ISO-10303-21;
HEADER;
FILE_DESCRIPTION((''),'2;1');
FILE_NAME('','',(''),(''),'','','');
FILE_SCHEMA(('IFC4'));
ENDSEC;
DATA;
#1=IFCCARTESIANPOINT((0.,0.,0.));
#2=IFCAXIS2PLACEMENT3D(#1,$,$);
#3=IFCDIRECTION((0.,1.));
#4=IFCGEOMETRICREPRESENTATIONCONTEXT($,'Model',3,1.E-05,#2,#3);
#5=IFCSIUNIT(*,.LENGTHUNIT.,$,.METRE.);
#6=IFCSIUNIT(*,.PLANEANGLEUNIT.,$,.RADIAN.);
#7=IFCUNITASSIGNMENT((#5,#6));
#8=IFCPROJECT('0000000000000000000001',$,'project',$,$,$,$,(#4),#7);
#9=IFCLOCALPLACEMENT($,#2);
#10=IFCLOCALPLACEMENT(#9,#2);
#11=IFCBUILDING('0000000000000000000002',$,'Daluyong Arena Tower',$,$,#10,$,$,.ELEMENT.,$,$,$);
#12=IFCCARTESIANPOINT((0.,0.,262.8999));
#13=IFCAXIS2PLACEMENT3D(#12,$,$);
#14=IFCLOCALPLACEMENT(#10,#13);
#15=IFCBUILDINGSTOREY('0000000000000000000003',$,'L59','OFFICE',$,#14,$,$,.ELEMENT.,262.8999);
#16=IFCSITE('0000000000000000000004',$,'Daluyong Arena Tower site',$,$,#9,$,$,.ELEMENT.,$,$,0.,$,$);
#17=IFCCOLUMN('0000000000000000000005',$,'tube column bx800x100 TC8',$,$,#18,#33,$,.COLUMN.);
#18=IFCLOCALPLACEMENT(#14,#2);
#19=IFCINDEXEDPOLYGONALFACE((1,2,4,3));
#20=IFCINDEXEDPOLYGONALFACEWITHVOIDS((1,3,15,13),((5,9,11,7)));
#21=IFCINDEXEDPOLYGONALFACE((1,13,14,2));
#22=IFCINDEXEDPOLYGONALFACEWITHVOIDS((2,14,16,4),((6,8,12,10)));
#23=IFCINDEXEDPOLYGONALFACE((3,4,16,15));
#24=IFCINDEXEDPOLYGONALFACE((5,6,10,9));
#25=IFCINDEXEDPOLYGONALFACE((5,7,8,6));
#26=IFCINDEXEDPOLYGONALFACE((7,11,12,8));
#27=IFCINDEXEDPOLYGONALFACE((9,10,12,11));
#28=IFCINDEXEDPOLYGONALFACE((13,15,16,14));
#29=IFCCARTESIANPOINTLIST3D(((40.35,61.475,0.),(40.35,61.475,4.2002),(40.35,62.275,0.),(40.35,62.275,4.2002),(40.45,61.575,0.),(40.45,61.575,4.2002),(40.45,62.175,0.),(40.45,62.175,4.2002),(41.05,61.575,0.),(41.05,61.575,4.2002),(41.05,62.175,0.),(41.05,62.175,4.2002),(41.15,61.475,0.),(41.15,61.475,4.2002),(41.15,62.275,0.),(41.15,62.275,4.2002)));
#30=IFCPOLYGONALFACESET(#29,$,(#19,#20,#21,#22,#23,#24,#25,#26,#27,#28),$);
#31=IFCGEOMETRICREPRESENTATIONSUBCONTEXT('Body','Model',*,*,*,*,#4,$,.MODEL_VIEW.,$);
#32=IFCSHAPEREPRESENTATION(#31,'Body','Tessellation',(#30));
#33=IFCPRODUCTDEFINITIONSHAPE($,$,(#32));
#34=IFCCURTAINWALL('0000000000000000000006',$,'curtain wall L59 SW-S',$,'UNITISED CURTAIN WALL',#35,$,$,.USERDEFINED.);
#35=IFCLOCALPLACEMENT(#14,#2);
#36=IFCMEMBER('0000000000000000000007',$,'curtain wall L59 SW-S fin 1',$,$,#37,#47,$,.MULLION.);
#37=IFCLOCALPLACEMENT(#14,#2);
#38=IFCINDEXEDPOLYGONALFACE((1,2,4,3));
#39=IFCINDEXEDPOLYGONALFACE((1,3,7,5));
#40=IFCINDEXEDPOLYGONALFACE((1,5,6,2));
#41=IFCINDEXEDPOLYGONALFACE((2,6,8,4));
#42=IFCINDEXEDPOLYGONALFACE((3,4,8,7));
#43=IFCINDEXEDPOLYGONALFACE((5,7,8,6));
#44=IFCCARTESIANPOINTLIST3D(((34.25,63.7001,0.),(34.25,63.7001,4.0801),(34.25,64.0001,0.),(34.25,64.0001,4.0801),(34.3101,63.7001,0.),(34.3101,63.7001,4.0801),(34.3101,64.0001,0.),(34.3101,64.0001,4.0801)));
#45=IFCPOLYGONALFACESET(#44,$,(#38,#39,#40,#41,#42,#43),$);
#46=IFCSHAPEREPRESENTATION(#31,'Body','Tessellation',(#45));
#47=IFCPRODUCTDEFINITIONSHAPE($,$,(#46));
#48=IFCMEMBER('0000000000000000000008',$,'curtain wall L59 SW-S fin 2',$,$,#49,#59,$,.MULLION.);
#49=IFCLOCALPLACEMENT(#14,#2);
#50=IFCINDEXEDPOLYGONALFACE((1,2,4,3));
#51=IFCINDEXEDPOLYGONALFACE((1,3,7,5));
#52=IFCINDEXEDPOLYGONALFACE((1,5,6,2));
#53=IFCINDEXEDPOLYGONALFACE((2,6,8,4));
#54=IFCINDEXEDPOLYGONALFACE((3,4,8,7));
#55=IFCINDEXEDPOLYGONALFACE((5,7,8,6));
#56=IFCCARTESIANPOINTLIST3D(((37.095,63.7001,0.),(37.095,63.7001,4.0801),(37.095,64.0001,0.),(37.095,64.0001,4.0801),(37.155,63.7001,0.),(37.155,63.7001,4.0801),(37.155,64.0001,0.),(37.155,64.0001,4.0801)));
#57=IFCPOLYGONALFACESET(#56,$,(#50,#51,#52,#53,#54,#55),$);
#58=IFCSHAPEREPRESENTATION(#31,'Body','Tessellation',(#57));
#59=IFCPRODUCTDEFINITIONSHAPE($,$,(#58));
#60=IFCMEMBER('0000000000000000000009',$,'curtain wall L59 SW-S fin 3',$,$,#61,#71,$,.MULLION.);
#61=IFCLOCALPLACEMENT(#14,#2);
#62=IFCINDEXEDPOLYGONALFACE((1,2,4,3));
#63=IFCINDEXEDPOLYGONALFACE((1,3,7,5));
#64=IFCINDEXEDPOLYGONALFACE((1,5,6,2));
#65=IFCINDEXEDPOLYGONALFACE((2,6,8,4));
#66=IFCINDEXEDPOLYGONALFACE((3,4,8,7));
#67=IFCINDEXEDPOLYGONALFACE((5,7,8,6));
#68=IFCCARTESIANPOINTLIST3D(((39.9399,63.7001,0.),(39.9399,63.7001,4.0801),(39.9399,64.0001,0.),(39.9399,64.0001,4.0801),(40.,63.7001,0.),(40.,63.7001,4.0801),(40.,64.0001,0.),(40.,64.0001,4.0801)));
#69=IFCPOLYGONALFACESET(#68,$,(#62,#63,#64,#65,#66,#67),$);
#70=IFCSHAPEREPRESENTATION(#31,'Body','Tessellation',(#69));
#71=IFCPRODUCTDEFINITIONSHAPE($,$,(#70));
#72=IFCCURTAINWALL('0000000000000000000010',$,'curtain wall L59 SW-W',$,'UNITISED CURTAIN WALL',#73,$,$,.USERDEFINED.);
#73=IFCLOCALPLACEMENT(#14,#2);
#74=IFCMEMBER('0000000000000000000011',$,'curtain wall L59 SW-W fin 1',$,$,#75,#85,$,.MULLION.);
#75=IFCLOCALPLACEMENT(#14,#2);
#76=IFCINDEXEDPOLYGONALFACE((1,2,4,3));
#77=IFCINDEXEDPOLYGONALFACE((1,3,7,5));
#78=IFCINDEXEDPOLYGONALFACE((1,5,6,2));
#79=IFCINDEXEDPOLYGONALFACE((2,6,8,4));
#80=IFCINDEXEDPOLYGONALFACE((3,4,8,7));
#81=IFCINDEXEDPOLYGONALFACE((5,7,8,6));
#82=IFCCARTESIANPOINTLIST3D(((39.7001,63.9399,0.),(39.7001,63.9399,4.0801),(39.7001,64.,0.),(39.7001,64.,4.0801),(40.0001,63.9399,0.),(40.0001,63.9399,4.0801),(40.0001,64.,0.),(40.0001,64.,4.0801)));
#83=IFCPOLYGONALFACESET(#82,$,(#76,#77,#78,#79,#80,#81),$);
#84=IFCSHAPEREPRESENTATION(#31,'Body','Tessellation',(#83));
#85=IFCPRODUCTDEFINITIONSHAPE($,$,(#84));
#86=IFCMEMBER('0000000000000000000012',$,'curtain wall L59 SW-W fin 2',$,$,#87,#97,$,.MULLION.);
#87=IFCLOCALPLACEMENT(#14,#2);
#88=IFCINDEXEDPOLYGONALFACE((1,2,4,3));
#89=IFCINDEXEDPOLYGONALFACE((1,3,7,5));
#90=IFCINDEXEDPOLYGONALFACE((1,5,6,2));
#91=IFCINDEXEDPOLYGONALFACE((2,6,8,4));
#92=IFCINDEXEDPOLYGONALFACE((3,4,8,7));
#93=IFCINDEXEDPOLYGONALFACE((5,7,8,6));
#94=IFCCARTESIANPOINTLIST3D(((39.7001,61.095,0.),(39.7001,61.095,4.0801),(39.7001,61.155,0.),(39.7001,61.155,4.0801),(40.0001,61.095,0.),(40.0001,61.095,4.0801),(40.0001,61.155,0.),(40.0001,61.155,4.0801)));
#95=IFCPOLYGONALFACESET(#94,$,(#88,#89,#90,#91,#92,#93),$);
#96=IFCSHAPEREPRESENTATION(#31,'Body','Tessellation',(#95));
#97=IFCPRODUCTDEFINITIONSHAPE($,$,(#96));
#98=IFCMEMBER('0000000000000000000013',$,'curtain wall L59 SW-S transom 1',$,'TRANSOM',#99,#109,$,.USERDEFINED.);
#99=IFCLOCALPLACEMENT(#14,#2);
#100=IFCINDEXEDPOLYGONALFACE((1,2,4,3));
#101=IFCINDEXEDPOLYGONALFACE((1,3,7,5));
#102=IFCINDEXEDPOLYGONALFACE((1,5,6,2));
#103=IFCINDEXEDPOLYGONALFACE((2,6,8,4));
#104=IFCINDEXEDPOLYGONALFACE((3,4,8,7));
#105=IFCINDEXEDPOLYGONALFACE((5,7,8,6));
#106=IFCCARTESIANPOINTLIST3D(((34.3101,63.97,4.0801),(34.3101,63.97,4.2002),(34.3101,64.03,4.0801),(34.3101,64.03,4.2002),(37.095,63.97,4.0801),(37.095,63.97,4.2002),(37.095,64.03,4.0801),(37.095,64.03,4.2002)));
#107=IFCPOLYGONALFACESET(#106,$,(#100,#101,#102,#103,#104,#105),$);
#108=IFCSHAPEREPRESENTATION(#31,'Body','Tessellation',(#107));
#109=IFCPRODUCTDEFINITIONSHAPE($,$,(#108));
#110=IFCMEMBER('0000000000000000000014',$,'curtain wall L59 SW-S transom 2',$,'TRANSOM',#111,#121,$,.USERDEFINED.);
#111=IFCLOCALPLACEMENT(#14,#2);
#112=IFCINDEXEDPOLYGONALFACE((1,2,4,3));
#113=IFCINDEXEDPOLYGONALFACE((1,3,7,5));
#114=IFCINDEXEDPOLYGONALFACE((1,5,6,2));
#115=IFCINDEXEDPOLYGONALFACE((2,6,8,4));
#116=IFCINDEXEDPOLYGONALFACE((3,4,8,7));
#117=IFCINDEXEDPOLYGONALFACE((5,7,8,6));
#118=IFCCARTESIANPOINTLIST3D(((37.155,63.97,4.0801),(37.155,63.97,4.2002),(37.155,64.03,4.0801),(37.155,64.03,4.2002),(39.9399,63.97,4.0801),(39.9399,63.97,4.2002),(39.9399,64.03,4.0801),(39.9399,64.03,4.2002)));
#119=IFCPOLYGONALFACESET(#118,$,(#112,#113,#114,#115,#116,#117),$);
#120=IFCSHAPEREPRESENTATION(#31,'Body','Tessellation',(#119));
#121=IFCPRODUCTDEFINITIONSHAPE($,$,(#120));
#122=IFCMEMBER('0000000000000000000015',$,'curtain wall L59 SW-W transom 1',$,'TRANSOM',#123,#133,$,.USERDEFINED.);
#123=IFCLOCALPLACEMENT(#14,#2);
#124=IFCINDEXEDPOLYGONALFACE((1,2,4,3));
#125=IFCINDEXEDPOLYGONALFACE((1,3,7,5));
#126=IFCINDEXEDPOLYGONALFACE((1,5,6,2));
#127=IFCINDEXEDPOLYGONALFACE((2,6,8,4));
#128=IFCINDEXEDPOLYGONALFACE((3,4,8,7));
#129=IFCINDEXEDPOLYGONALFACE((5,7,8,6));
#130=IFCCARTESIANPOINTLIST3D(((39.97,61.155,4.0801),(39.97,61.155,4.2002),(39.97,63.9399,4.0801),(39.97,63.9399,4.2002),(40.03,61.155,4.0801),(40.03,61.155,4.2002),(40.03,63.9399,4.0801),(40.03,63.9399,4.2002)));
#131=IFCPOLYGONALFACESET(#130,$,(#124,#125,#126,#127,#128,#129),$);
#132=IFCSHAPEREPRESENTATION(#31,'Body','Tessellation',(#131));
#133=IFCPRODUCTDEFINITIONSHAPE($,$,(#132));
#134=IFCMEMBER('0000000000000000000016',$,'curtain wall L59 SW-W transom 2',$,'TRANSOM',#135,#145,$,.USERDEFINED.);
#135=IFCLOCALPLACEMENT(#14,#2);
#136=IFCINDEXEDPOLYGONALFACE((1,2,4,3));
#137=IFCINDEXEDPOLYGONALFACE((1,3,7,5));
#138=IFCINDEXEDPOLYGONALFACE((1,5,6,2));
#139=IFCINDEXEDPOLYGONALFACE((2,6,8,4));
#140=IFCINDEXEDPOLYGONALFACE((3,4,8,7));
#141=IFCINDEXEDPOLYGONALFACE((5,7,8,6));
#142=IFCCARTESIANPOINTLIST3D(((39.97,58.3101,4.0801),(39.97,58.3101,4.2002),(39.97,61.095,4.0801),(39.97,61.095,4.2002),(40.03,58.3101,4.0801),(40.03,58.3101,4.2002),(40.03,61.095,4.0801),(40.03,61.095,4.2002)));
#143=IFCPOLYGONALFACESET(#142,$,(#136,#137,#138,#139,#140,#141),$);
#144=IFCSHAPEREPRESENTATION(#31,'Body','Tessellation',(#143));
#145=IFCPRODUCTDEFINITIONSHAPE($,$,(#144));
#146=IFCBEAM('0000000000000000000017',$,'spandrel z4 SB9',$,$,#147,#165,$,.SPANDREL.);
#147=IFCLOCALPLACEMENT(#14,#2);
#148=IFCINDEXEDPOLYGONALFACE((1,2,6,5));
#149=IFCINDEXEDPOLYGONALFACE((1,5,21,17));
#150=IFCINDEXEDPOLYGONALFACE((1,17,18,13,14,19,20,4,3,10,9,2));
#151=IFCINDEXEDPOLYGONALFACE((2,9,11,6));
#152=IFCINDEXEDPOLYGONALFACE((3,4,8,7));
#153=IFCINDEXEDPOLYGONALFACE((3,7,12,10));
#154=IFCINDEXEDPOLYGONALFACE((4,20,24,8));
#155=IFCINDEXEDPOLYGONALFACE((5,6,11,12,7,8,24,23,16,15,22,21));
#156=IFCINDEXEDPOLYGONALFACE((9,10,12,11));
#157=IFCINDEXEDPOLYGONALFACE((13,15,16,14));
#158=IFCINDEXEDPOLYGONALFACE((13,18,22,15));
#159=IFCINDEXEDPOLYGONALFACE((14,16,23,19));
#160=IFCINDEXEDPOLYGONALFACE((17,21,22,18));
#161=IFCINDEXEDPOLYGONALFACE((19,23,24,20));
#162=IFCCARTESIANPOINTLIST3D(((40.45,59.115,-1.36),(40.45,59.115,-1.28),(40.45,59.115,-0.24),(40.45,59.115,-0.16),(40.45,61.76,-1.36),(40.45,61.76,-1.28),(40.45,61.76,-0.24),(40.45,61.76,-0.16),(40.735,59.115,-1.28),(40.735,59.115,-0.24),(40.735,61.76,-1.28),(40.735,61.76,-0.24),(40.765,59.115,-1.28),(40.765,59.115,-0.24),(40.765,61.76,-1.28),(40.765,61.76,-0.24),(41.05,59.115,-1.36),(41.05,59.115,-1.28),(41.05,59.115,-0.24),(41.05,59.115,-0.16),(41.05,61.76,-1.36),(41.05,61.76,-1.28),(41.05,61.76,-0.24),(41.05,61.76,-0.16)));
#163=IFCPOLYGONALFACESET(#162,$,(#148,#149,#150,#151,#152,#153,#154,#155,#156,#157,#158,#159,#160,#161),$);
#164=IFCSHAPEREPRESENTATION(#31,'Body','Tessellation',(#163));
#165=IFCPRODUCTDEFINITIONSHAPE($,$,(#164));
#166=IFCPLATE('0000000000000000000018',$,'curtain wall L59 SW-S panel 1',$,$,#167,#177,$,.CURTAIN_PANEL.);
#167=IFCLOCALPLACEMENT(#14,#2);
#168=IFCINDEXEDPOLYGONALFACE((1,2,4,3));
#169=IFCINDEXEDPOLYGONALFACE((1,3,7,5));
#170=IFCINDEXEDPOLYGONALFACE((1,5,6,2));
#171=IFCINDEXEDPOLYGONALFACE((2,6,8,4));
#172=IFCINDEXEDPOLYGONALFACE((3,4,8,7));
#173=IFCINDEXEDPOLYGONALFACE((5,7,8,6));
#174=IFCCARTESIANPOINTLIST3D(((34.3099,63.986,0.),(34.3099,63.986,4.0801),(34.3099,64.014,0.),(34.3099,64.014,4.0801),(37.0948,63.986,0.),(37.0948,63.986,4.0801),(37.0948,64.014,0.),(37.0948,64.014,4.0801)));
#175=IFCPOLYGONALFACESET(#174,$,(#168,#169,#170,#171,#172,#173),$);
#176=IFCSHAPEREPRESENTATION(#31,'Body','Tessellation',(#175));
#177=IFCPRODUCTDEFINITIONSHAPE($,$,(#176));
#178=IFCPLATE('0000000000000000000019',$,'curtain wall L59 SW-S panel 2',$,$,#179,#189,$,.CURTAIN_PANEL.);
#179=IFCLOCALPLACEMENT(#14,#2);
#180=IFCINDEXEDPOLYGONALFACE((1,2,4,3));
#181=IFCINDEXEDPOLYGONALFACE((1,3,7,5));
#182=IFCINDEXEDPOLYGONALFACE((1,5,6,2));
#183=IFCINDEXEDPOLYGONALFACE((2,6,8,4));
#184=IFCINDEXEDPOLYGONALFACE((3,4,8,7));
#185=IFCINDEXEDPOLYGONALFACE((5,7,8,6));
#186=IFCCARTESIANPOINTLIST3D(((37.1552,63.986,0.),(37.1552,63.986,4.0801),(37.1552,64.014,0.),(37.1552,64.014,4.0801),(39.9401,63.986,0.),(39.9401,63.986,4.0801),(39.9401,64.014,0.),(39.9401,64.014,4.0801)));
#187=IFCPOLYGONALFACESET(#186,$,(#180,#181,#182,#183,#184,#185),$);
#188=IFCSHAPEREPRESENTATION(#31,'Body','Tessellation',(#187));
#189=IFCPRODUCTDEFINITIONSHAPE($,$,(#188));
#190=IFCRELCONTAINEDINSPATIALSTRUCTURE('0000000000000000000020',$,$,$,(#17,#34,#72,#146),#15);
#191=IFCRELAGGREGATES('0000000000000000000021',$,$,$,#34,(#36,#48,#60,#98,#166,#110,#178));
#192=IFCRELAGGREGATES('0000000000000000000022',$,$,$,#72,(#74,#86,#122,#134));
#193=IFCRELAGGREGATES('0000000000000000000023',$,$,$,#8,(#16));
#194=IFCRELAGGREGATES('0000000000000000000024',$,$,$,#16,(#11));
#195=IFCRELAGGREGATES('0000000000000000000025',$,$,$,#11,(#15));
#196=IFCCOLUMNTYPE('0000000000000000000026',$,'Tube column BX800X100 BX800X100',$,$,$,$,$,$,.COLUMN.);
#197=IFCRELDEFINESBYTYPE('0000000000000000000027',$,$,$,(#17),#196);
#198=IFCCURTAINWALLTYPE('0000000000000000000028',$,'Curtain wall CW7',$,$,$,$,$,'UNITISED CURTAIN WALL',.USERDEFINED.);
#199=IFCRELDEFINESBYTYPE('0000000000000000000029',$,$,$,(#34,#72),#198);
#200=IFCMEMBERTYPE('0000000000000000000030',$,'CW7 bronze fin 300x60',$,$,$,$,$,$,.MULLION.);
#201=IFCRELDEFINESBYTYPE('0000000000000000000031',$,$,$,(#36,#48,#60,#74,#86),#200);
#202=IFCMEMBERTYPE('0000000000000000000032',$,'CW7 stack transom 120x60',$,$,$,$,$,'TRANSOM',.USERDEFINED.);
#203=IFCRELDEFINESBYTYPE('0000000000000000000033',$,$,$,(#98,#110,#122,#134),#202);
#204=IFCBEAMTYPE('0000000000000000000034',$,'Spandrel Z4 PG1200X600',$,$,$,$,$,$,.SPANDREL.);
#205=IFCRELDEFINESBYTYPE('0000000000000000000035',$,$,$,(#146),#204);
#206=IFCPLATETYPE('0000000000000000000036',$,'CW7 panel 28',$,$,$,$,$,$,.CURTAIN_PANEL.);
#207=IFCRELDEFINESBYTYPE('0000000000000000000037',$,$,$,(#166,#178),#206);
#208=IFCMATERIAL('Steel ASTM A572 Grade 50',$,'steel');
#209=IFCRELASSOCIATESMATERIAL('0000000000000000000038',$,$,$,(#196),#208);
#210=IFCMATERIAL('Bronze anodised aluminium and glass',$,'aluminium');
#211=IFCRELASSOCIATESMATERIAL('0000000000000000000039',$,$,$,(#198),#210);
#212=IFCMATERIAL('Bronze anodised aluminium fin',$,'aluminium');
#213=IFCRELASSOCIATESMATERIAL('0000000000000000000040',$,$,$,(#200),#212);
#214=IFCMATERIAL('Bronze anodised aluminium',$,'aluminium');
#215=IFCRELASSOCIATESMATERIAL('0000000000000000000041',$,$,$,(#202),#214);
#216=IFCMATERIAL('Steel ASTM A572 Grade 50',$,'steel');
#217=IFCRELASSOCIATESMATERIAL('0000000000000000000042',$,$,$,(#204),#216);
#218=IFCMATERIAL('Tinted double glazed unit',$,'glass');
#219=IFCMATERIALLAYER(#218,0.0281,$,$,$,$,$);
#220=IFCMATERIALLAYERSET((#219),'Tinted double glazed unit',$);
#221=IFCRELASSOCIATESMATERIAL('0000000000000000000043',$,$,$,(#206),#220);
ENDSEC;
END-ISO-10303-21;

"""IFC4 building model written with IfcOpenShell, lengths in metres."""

from ifc_helpers import new_model, si_unit, direction, frame, origin, origin_2d, place, context, subcontext, project, spatial, rectangle, hollow_rectangle, i_section, extrude, material, layer, layer_set, material_profile, profile_set, type_object, element, aggregate, save


model = new_model("IFC4")

# Units and contexts
model_context = context("Model", 3, precision=1e-05, world=origin(), true_north=direction((0.0, 1.0)))
body_context = subcontext(model_context, "Body", "Model", "MODEL_VIEW")
ifc_project = project(units=[si_unit("LENGTHUNIT", "METRE"), si_unit("PLANEANGLEUNIT", "RADIAN")], contexts=[model_context])

# Site, building, storey
site_placement = place(None, origin())
site = spatial("IfcSite", under=ifc_project, at=site_placement, Name="Daluyong Arena Tower site", CompositionType="ELEMENT", RefElevation=0.0)
building_placement = place(site_placement, origin())
building = spatial("IfcBuilding", under=site, at=building_placement, Name="Daluyong Arena Tower", CompositionType="ELEMENT")
storey_placement = place(building_placement, frame((0.0, 0.0, 262.8999)))
storey = spatial("IfcBuildingStorey", under=building, at=storey_placement, Name="L59", Description="OFFICE", CompositionType="ELEMENT", Elevation=262.8999)

# Column
ifc_material_1 = material(Name="Steel ASTM A572 Grade 50", Category="steel")
ifc_material_profile_1 = material_profile(ifc_material_1, hollow_rectangle(XDim=0.8, YDim=0.8, WallThickness=0.1, at=origin_2d()))
ifc_profile_set_1 = profile_set([ifc_material_profile_1], Name="Steel ASTM A572 Grade 50")
column_type = type_object("IfcColumnType", Name="Tube column BX800X100 BX800X100", PredefinedType="COLUMN", material=ifc_profile_set_1)
column_placement = place(storey_placement, frame((40.75, 61.875, 0.0), z_axis=(0.0, 0.0, 1.0), x_axis=(0.0, 1.0, 0.0)))
element("IfcColumn", 1, at=column_placement, inside=storey, type_object=column_type, Name="tube column bx800x100 TC8", PredefinedType="COLUMN", context=body_context, shape_type="SweptSolid", body=[
    extrude(hollow_rectangle(XDim=0.8, YDim=0.8, WallThickness=0.1, at=origin_2d()), origin(), (0.0, 0.0, 1.0), 4.2002),
])

# Curtain walls, members
ifc_material_2 = material(Name="Bronze anodised aluminium and glass", Category="aluminium")
curtain_wall_type = type_object("IfcCurtainWallType", Name="Curtain wall CW7", ElementType="UNITISED CURTAIN WALL", PredefinedType="USERDEFINED", material=ifc_material_2)
curtain_wall_1_placement = place(storey_placement, origin())
curtain_wall_1 = element("IfcCurtainWall", 2, at=curtain_wall_1_placement, inside=storey, type_object=curtain_wall_type, Name="curtain wall L59 SW-S", ObjectType="UNITISED CURTAIN WALL", PredefinedType="USERDEFINED")
ifc_material_3 = material(Name="Bronze anodised aluminium fin", Category="aluminium")
ifc_material_profile_2 = material_profile(ifc_material_3, rectangle(XDim=0.3, YDim=0.0601, at=origin_2d()))
ifc_profile_set_2 = profile_set([ifc_material_profile_2], Name="Bronze anodised aluminium fin")
member_type_1 = type_object("IfcMemberType", Name="CW7 bronze fin 300x60", PredefinedType="MULLION", material=ifc_profile_set_2)
member_1_placement = place(storey_placement, frame((34.28, 63.8501, 0.0), z_axis=(0.0, 0.0, 1.0), x_axis=(0.0, 1.0, 0.0)))
member_1 = element("IfcMember", 3, at=member_1_placement, type_object=member_type_1, Name="curtain wall L59 SW-S fin 1", PredefinedType="MULLION", context=body_context, shape_type="SweptSolid", body=[
    extrude(rectangle(XDim=0.3, YDim=0.0601, at=origin_2d()), origin(), (0.0, 0.0, 1.0), 4.0801),
])
member_2_placement = place(storey_placement, frame((37.125, 63.8501, 0.0), z_axis=(0.0, 0.0, 1.0), x_axis=(0.0, 1.0, 0.0)))
member_2 = element("IfcMember", 4, at=member_2_placement, type_object=member_type_1, Name="curtain wall L59 SW-S fin 2", PredefinedType="MULLION", context=body_context, shape_type="SweptSolid", body=[
    extrude(rectangle(XDim=0.3, YDim=0.0601, at=origin_2d()), origin(), (0.0, 0.0, 1.0), 4.0801),
])
member_3_placement = place(storey_placement, frame((39.97, 63.8501, 0.0), z_axis=(0.0, 0.0, 1.0), x_axis=(0.0, 1.0, 0.0)))
member_3 = element("IfcMember", 5, at=member_3_placement, type_object=member_type_1, Name="curtain wall L59 SW-S fin 3", PredefinedType="MULLION", context=body_context, shape_type="SweptSolid", body=[
    extrude(rectangle(XDim=0.3, YDim=0.0601, at=origin_2d()), origin(), (0.0, 0.0, 1.0), 4.0801),
])
curtain_wall_2_placement = place(storey_placement, origin())
curtain_wall_2 = element("IfcCurtainWall", 6, at=curtain_wall_2_placement, inside=storey, type_object=curtain_wall_type, Name="curtain wall L59 SW-W", ObjectType="UNITISED CURTAIN WALL", PredefinedType="USERDEFINED")
member_4_placement = place(storey_placement, frame((39.8501, 63.97, 0.0), z_axis=(0.0, 0.0, 1.0), x_axis=(1.0, 0.0, 0.0)))
member_4 = element("IfcMember", 7, at=member_4_placement, type_object=member_type_1, Name="curtain wall L59 SW-W fin 1", PredefinedType="MULLION", context=body_context, shape_type="SweptSolid", body=[
    extrude(rectangle(XDim=0.3, YDim=0.0601, at=origin_2d()), origin(), (0.0, 0.0, 1.0), 4.0801),
])
member_5_placement = place(storey_placement, frame((39.8501, 61.125, 0.0), z_axis=(0.0, 0.0, 1.0), x_axis=(1.0, 0.0, 0.0)))
member_5 = element("IfcMember", 8, at=member_5_placement, type_object=member_type_1, Name="curtain wall L59 SW-W fin 2", PredefinedType="MULLION", context=body_context, shape_type="SweptSolid", body=[
    extrude(rectangle(XDim=0.3, YDim=0.0601, at=origin_2d()), origin(), (0.0, 0.0, 1.0), 4.0801),
])

# Members
ifc_material_4 = material(Name="Bronze anodised aluminium", Category="aluminium")
ifc_material_profile_3 = material_profile(ifc_material_4, rectangle(XDim=0.0601, YDim=0.1201, at=origin_2d()))
ifc_profile_set_3 = profile_set([ifc_material_profile_3], Name="Bronze anodised aluminium")
member_type_2 = type_object("IfcMemberType", Name="CW7 stack transom 120x60", ElementType="TRANSOM", PredefinedType="USERDEFINED", material=ifc_profile_set_3)
member_6_placement = place(storey_placement, frame((34.3101, 64.0, 4.1401), z_axis=(1.0, 0.0, 0.0), x_axis=(0.0, 1.0, 0.0)))
member_6 = element("IfcMember", 9, at=member_6_placement, type_object=member_type_2, Name="curtain wall L59 SW-S transom 1", ObjectType="TRANSOM", PredefinedType="USERDEFINED", context=body_context, shape_type="SweptSolid", body=[
    extrude(rectangle(XDim=0.0601, YDim=0.1201, at=origin_2d()), origin(), (0.0, 0.0, 1.0), 2.7849),
])
member_7_placement = place(storey_placement, frame((37.155, 64.0, 4.1401), z_axis=(1.0, 0.0, 0.0), x_axis=(0.0, 1.0, 0.0)))
member_7 = element("IfcMember", 10, at=member_7_placement, type_object=member_type_2, Name="curtain wall L59 SW-S transom 2", ObjectType="TRANSOM", PredefinedType="USERDEFINED", context=body_context, shape_type="SweptSolid", body=[
    extrude(rectangle(XDim=0.0601, YDim=0.1201, at=origin_2d()), origin(), (0.0, 0.0, 1.0), 2.7849),
])
member_8_placement = place(storey_placement, frame((40.0, 63.9399, 4.1401), z_axis=(0.0, -1.0, 0.0), x_axis=(1.0, 0.0, 0.0)))
member_8 = element("IfcMember", 11, at=member_8_placement, type_object=member_type_2, Name="curtain wall L59 SW-W transom 1", ObjectType="TRANSOM", PredefinedType="USERDEFINED", context=body_context, shape_type="SweptSolid", body=[
    extrude(rectangle(XDim=0.0601, YDim=0.1201, at=origin_2d()), origin(), (0.0, 0.0, 1.0), 2.7849),
])
member_9_placement = place(storey_placement, frame((40.0, 61.095, 4.1401), z_axis=(0.0, -1.0, 0.0), x_axis=(1.0, 0.0, 0.0)))
member_9 = element("IfcMember", 12, at=member_9_placement, type_object=member_type_2, Name="curtain wall L59 SW-W transom 2", ObjectType="TRANSOM", PredefinedType="USERDEFINED", context=body_context, shape_type="SweptSolid", body=[
    extrude(rectangle(XDim=0.0601, YDim=0.1201, at=origin_2d()), origin(), (0.0, 0.0, 1.0), 2.7849),
])

# Beam
ifc_material_5 = material(Name="Steel ASTM A572 Grade 50", Category="steel")
ifc_material_profile_4 = material_profile(ifc_material_5, i_section(OverallWidth=0.6001, OverallDepth=1.2, WebThickness=0.03, FlangeThickness=0.08, at=origin_2d()))
ifc_profile_set_4 = profile_set([ifc_material_profile_4], Name="Steel ASTM A572 Grade 50")
beam_type = type_object("IfcBeamType", Name="Spandrel Z4 PG1200X600", PredefinedType="SPANDREL", material=ifc_profile_set_4)
beam_placement = place(storey_placement, frame((40.75, 61.76, -0.76), z_axis=(0.0, -1.0, 0.0), x_axis=(1.0, 0.0, 0.0)))
element("IfcBeam", 13, at=beam_placement, inside=storey, type_object=beam_type, Name="spandrel z4 SB9", PredefinedType="SPANDREL", context=body_context, shape_type="SweptSolid", body=[
    extrude(i_section(OverallWidth=0.6001, OverallDepth=1.2, WebThickness=0.03, FlangeThickness=0.08, at=origin_2d()), origin(), (0.0, 0.0, 1.0), 2.645),
])

# Plates
ifc_material_6 = material(Name="Tinted double glazed unit", Category="glass")
ifc_layer = layer(ifc_material_6, 0.0281)
ifc_layer_set = layer_set([ifc_layer], Name="Tinted double glazed unit")
plate_type = type_object("IfcPlateType", Name="CW7 panel 28", PredefinedType="CURTAIN_PANEL", material=ifc_layer_set)
plate_1_placement = place(storey_placement, frame((35.7024, 64.0, 0.0), z_axis=(0.0, 0.0, 1.0), x_axis=(1.0, 0.0, 0.0)))
plate_1 = element("IfcPlate", 14, at=plate_1_placement, type_object=plate_type, Name="curtain wall L59 SW-S panel 1", PredefinedType="CURTAIN_PANEL", context=body_context, shape_type="SweptSolid", body=[
    extrude(rectangle(XDim=2.7849, YDim=0.0281, at=origin_2d()), origin(), (0.0, 0.0, 1.0), 4.0801),
])
plate_2_placement = place(storey_placement, frame((38.5476, 64.0, 0.0), z_axis=(0.0, 0.0, 1.0), x_axis=(1.0, 0.0, 0.0)))
plate_2 = element("IfcPlate", 15, at=plate_2_placement, type_object=plate_type, Name="curtain wall L59 SW-S panel 2", PredefinedType="CURTAIN_PANEL", context=body_context, shape_type="SweptSolid", body=[
    extrude(rectangle(XDim=2.7849, YDim=0.0281, at=origin_2d()), origin(), (0.0, 0.0, 1.0), 4.0801),
])
aggregate(curtain_wall_1, [member_1, member_2, member_3, member_6, plate_1, member_7, plate_2])
aggregate(curtain_wall_2, [member_4, member_5, member_8, member_9])

save(model, "model.ifc")
